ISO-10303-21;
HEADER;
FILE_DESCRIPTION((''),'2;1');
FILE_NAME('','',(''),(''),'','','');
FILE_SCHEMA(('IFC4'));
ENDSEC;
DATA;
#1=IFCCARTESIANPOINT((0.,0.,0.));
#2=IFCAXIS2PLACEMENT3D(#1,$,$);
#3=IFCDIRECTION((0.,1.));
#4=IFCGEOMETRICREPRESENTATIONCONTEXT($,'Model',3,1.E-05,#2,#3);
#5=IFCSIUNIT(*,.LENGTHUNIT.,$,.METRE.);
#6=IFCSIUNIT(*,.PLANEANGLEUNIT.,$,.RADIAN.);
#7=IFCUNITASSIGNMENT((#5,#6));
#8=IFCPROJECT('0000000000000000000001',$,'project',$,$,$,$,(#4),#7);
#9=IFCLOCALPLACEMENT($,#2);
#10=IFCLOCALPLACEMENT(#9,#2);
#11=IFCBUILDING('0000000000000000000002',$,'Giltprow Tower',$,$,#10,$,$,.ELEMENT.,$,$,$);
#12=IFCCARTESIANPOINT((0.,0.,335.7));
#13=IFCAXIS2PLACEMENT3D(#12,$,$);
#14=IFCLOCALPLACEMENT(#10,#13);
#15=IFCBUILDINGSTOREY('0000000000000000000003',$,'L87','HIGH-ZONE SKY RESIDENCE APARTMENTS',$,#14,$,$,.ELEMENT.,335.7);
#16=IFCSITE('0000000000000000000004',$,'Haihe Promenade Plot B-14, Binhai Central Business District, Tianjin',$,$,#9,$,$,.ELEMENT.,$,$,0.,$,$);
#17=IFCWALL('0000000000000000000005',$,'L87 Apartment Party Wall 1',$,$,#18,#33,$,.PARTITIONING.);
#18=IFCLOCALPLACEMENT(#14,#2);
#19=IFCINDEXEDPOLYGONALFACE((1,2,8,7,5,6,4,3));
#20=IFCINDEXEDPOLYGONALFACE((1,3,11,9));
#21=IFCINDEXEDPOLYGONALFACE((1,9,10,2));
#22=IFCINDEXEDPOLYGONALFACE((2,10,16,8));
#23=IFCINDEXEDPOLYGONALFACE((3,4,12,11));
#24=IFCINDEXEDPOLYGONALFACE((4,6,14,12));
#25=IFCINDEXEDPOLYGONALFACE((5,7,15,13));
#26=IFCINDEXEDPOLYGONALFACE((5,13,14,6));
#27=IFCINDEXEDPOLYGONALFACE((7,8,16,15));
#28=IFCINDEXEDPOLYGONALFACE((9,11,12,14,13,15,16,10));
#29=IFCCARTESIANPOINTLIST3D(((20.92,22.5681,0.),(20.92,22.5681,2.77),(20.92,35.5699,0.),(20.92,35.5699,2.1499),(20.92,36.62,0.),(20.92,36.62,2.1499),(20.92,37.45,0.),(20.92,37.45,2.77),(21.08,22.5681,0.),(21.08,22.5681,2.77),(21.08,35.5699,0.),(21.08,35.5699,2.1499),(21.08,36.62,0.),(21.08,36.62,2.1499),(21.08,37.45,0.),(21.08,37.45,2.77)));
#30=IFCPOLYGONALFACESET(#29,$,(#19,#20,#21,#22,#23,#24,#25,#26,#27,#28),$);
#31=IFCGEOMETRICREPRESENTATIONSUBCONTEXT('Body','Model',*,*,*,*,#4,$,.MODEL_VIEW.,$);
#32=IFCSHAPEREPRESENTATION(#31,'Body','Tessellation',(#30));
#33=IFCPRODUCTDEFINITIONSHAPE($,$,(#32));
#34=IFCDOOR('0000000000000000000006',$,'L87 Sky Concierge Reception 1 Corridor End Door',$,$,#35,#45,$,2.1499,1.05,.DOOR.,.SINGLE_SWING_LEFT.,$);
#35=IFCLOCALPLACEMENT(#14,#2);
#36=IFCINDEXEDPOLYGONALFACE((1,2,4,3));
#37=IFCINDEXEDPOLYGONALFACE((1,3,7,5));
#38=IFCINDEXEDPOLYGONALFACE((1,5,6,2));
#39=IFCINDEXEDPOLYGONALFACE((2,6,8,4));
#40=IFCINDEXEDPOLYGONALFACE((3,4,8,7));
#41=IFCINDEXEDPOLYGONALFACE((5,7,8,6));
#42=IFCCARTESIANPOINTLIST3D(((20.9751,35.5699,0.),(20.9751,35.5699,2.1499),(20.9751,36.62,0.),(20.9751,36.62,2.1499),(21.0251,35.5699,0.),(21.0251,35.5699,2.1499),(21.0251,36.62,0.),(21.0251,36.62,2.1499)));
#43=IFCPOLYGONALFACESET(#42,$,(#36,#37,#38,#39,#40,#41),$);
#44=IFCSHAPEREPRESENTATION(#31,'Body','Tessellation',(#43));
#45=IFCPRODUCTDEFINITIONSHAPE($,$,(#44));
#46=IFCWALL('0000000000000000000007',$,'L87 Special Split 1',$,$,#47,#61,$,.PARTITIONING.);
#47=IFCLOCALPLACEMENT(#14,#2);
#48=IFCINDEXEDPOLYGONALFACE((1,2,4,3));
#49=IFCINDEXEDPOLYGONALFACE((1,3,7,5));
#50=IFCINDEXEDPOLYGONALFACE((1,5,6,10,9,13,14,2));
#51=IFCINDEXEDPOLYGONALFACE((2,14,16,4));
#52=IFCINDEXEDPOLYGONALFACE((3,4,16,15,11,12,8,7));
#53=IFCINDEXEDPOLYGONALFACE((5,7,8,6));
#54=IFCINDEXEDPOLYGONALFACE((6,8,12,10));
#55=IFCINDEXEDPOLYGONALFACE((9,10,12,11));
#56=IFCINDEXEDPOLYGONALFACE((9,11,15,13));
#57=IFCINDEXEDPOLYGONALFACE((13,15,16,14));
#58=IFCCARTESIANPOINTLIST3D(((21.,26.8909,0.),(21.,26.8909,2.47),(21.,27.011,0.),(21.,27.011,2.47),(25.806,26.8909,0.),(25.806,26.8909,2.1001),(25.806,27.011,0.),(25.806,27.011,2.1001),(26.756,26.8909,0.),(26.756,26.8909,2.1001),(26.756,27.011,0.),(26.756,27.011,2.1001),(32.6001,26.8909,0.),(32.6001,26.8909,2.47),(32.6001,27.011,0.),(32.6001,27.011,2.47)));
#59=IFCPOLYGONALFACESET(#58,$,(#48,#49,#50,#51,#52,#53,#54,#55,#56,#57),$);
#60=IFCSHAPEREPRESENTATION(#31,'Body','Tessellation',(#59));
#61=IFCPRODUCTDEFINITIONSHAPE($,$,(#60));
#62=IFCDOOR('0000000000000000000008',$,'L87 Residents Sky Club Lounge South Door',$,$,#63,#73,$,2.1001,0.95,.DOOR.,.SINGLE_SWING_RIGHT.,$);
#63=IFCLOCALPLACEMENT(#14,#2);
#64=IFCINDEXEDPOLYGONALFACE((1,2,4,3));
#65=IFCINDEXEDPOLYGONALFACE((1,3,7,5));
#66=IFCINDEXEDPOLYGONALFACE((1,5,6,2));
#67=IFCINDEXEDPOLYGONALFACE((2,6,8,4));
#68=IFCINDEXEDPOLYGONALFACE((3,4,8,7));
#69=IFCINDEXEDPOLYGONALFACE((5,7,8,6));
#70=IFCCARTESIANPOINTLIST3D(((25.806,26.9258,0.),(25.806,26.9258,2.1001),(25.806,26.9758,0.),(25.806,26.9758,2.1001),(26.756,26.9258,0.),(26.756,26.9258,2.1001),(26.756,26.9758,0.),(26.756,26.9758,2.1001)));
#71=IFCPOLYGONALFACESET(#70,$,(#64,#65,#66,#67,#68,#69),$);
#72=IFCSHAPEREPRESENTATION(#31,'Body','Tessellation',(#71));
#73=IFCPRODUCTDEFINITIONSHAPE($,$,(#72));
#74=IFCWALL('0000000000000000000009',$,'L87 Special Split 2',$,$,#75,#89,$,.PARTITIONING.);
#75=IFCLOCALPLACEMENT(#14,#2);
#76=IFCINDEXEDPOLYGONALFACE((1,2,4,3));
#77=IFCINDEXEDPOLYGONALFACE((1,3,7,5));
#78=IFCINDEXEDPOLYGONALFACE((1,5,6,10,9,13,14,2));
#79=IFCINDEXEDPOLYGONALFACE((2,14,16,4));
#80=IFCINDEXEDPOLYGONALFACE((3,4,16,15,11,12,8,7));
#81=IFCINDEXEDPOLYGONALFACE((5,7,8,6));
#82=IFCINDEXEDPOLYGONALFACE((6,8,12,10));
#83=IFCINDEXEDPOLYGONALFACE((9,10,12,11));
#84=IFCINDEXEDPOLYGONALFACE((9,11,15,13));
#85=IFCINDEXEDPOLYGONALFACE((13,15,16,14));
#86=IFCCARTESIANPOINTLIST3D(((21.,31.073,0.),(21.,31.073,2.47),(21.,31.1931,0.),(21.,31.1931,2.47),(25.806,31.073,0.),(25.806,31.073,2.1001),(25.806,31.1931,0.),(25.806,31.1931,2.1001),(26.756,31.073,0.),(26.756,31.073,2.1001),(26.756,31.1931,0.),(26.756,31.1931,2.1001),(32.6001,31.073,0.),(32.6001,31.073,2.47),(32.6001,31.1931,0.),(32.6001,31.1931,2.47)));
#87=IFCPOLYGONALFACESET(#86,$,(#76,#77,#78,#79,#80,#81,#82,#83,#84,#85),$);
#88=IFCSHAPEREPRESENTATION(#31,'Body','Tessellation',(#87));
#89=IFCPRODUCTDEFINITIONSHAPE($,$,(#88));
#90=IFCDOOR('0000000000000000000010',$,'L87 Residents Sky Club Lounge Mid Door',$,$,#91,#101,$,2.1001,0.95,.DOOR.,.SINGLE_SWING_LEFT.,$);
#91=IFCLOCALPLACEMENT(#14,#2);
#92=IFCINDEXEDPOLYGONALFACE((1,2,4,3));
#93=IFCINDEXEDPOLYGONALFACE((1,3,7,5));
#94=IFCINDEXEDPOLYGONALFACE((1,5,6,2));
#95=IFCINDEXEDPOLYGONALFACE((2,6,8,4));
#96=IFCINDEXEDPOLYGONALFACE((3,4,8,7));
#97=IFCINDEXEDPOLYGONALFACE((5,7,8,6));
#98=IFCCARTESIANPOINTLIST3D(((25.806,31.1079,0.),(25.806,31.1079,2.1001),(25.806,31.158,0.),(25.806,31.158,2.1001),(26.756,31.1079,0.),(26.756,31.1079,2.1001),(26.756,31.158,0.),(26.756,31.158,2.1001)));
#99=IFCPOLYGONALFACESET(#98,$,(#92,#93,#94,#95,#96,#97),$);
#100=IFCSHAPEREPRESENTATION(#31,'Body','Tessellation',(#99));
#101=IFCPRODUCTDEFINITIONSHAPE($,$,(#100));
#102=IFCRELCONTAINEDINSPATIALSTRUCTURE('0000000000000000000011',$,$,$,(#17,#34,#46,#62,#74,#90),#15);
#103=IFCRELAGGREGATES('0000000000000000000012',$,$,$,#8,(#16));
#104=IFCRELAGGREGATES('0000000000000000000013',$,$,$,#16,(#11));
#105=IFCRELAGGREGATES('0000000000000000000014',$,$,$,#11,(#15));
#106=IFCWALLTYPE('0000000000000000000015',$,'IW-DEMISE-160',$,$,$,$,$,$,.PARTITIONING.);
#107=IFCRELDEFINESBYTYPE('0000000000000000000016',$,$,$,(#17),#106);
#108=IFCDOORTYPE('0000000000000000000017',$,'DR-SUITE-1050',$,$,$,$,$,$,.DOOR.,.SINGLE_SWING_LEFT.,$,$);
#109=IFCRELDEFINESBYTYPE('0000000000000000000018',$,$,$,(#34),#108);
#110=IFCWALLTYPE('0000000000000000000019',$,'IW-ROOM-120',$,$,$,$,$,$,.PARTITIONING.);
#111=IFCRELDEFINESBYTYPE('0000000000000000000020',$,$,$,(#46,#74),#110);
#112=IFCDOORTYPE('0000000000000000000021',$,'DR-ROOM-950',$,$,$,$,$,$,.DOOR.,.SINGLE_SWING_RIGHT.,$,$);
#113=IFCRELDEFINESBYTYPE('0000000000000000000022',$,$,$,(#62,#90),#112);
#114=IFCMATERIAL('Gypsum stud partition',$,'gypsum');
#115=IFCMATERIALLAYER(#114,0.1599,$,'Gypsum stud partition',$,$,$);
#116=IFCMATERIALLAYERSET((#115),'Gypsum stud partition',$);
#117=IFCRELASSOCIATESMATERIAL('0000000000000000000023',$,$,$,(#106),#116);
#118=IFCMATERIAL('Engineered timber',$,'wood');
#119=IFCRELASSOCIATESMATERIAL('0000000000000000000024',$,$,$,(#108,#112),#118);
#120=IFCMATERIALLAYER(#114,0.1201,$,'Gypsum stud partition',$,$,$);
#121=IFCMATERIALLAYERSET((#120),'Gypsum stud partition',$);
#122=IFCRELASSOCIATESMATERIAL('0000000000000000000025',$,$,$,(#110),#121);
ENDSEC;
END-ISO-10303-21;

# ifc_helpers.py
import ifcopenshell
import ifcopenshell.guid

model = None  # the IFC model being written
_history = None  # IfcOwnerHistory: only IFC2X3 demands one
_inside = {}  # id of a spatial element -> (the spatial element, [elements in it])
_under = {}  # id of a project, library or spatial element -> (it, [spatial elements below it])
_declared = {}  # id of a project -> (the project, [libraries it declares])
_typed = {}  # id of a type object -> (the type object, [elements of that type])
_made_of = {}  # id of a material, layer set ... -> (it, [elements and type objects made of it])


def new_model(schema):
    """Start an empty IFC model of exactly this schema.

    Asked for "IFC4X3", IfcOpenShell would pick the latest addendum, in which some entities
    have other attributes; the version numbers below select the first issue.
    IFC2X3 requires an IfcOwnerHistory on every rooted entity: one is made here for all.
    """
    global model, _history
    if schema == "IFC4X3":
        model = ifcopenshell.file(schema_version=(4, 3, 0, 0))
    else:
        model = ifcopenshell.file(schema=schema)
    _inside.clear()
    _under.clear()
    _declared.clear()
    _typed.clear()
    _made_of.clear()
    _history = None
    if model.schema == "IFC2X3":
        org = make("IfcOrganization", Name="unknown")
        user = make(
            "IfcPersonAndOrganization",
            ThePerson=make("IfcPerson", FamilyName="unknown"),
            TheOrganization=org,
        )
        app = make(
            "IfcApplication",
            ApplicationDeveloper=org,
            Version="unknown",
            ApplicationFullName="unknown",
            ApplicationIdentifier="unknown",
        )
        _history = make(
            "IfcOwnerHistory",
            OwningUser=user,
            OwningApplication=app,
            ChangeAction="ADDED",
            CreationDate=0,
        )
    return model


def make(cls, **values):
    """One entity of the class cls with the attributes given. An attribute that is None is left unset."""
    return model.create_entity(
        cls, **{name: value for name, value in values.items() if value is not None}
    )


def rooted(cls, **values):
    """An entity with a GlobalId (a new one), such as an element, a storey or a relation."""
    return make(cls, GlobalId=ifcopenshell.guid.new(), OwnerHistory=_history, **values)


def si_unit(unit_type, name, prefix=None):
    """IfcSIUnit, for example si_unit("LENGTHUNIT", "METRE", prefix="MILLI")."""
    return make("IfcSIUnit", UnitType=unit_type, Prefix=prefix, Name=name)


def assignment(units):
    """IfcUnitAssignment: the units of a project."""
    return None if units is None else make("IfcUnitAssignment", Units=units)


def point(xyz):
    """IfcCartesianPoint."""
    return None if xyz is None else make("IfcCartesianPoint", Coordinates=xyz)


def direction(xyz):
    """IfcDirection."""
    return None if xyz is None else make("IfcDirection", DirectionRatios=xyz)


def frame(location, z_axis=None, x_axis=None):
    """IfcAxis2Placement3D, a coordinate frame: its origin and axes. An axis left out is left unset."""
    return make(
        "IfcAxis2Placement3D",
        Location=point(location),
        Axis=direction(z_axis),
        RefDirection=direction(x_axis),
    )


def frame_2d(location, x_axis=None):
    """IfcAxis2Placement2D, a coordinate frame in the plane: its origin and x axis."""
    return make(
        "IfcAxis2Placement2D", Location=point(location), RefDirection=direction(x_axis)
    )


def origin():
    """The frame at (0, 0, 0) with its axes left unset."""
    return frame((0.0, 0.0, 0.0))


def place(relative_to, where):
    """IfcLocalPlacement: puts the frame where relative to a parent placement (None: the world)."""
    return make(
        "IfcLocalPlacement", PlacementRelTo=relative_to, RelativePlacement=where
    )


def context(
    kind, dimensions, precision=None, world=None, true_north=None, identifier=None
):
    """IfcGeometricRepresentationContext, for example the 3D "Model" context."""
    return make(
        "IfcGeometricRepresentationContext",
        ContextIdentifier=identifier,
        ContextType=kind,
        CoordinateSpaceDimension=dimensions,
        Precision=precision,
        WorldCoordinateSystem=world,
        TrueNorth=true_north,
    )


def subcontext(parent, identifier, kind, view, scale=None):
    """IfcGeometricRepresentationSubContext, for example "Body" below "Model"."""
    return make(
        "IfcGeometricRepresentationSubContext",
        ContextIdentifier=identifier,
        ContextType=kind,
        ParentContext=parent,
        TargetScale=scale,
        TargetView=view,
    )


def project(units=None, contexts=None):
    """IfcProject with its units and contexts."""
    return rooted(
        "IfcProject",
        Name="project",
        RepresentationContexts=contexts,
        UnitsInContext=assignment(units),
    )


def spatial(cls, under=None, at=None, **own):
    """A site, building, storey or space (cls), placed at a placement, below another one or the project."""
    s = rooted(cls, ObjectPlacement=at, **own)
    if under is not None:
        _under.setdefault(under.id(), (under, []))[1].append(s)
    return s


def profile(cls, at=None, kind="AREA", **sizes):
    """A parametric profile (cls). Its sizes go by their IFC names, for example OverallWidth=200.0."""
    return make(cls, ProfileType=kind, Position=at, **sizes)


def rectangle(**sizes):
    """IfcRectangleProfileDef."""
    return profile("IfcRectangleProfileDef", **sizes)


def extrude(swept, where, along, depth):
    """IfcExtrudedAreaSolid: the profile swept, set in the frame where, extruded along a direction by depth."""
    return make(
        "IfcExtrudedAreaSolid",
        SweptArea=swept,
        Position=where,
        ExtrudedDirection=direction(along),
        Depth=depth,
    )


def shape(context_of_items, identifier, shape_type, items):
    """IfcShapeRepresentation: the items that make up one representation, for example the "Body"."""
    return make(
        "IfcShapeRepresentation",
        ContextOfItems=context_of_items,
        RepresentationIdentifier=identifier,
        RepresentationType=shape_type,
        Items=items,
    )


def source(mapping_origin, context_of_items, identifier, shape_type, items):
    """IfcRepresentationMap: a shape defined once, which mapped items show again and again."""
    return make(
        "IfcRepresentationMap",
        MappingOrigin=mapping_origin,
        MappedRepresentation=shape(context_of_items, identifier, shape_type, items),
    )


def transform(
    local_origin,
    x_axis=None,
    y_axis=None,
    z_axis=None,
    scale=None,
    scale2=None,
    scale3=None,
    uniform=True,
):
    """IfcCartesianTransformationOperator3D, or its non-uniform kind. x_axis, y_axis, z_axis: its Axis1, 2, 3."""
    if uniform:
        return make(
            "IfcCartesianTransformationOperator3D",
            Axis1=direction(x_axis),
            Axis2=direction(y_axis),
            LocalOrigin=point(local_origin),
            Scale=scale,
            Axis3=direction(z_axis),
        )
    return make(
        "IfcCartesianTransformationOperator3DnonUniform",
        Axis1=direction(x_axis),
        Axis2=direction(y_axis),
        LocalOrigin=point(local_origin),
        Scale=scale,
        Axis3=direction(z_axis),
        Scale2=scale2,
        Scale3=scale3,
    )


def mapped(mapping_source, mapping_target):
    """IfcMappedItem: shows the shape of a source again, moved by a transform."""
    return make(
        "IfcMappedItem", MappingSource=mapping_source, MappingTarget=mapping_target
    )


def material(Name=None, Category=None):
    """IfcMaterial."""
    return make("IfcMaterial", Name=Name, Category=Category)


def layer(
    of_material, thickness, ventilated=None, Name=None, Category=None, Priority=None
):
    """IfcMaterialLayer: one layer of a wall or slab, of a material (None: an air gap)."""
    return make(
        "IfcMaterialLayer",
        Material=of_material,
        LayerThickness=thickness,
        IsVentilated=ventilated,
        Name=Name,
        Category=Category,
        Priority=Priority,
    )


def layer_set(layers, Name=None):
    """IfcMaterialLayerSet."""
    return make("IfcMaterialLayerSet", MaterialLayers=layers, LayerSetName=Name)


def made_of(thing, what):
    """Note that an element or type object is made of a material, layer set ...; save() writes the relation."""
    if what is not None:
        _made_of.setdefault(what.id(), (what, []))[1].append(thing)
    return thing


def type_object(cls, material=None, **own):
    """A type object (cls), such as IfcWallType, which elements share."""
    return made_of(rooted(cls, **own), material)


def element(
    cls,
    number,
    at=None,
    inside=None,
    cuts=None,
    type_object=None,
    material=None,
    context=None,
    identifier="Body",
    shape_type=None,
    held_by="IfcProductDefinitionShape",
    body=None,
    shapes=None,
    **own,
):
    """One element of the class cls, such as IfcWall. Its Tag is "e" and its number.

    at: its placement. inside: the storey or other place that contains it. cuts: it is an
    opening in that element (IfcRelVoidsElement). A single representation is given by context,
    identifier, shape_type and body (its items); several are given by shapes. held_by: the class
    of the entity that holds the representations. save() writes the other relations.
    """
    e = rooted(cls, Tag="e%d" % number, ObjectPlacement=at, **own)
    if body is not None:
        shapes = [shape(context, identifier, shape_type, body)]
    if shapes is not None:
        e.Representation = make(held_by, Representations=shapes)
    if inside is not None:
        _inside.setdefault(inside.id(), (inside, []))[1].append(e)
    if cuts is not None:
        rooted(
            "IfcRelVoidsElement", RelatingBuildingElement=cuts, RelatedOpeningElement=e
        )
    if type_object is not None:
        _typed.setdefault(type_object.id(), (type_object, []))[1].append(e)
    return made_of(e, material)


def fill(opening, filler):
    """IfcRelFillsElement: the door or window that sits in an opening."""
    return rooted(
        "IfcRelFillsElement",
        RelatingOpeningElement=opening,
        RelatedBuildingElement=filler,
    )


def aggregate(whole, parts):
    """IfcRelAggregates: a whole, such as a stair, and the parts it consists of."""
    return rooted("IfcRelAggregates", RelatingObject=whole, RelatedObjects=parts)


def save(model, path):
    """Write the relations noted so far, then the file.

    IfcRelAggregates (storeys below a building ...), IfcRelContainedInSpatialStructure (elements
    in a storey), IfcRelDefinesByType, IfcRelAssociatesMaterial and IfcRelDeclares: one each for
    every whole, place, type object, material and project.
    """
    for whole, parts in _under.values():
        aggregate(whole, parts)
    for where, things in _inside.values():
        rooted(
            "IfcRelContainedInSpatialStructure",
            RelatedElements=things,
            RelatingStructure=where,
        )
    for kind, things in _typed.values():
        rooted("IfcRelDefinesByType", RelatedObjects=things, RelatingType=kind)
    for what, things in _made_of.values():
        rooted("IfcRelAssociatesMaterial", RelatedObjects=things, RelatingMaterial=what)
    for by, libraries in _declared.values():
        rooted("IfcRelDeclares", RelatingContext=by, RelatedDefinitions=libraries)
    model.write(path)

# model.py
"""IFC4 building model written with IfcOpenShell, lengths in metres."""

from ifc_helpers import new_model, si_unit, direction, frame, frame_2d, origin, place, context, subcontext, project, spatial, rectangle, extrude, source, transform, mapped, material, layer, layer_set, type_object, element, fill, save


model = new_model("IFC4")

# Units and contexts
model_context = context("Model", 3, precision=1e-05, world=origin(), true_north=direction((0.0, 1.0)))
body_context = subcontext(model_context, "Body", "Model", "MODEL_VIEW")
ifc_project = project(units=[si_unit("LENGTHUNIT", "METRE"), si_unit("PLANEANGLEUNIT", "RADIAN")], contexts=[model_context])

# Site, building, storey
site_placement = place(None, origin())
site = spatial("IfcSite", under=ifc_project, at=site_placement, Name="Haihe Promenade Plot B-14, Binhai Central Business District, Tianjin", CompositionType="ELEMENT", RefElevation=0.0)
building_placement = place(site_placement, origin())
building = spatial("IfcBuilding", under=site, at=building_placement, Name="Giltprow Tower", CompositionType="ELEMENT")
storey_placement = place(building_placement, frame((0.0, 0.0, 335.7)))
storey = spatial("IfcBuildingStorey", under=building, at=storey_placement, Name="L87", Description="HIGH-ZONE SKY RESIDENCE APARTMENTS", CompositionType="ELEMENT", Elevation=335.7)

# Walls, openings, doors
ifc_material_1 = material(Name="Gypsum stud partition", Category="gypsum")
ifc_layer_1 = layer(ifc_material_1, 0.1599, Name="Gypsum stud partition")
ifc_layer_set_1 = layer_set([ifc_layer_1], Name="Gypsum stud partition")
wall_type_1 = type_object("IfcWallType", Name="IW-DEMISE-160", PredefinedType="PARTITIONING", material=ifc_layer_set_1)
wall_1_placement = place(storey_placement, frame((21.0, 22.5681, 0.0), z_axis=(0.0, 0.0, 1.0), x_axis=(0.0, 1.0, 0.0)))
wall_1 = element("IfcWall", 1, at=wall_1_placement, inside=storey, type_object=wall_type_1, Name="L87 Apartment Party Wall 1", PredefinedType="PARTITIONING", context=body_context, shape_type="SweptSolid", body=[
    extrude(rectangle(XDim=14.8818, YDim=0.1599, at=frame_2d((7.4409, 0.0))), origin(), (0.0, 0.0, 1.0), 2.77),
])
opening_1_placement = place(wall_1_placement, frame((13.002, 0.0, 0.0)))
opening_1 = element("IfcOpeningElement", 2, at=opening_1_placement, cuts=wall_1, PredefinedType="OPENING", context=body_context, shape_type="SweptSolid", body=[
    extrude(rectangle(XDim=1.05, YDim=2.1499, at=frame_2d((0.5249, 1.075))), frame((0.0, 0.0898, 0.0), z_axis=(0.0, -1.0, 0.0), x_axis=(1.0, 0.0, 0.0)), (0.0, 0.0, 1.0), 0.1799),
])
ifc_material_2 = material(Name="Engineered timber", Category="wood")
door_type_1 = type_object("IfcDoorType", Name="DR-SUITE-1050", OperationType="SINGLE_SWING_LEFT", PredefinedType="DOOR", material=ifc_material_2)
shared_shape_1 = source(origin(), body_context, "Body", "SweptSolid", [
    extrude(rectangle(XDim=1.05, YDim=2.1499, at=frame_2d((0.5249, 1.075))), frame((0.0, 0.0249, 0.0), z_axis=(0.0, -1.0, 0.0), x_axis=(1.0, 0.0, 0.0)), (0.0, 0.0, 1.0), 0.05),
])
door_1_placement = place(opening_1_placement, origin())
door_1 = element("IfcDoor", 3, at=door_1_placement, inside=storey, type_object=door_type_1, Name="L87 Sky Concierge Reception 1 Corridor End Door", OperationType="SINGLE_SWING_LEFT", OverallHeight=2.1499, OverallWidth=1.05, PredefinedType="DOOR", context=body_context, shape_type="MappedRepresentation", body=[
    mapped(shared_shape_1, transform((0.0, 0.0, 0.0), x_axis=(1.0, 0.0, 0.0), y_axis=(0.0, 1.0, 0.0), z_axis=(0.0, 0.0, 1.0), scale=1.0)),
])
fill(opening_1, door_1)
ifc_layer_2 = layer(ifc_material_1, 0.1201, Name="Gypsum stud partition")
ifc_layer_set_2 = layer_set([ifc_layer_2], Name="Gypsum stud partition")
wall_type_2 = type_object("IfcWallType", Name="IW-ROOM-120", PredefinedType="PARTITIONING", material=ifc_layer_set_2)
wall_2_placement = place(storey_placement, frame((21.0, 26.9509, 0.0), z_axis=(0.0, 0.0, 1.0), x_axis=(1.0, 0.0, 0.0)))
wall_2 = element("IfcWall", 4, at=wall_2_placement, inside=storey, type_object=wall_type_2, Name="L87 Special Split 1", PredefinedType="PARTITIONING", context=body_context, shape_type="SweptSolid", body=[
    extrude(rectangle(XDim=11.6001, YDim=0.1201, at=frame_2d((5.8, 0.0))), origin(), (0.0, 0.0, 1.0), 2.47),
])
opening_2_placement = place(wall_2_placement, frame((4.8059, 0.0, 0.0)))
opening_2 = element("IfcOpeningElement", 5, at=opening_2_placement, cuts=wall_2, PredefinedType="OPENING", context=body_context, shape_type="SweptSolid", body=[
    extrude(rectangle(XDim=0.95, YDim=2.1001, at=frame_2d((0.4751, 1.05))), frame((0.0, 0.0701, 0.0), z_axis=(0.0, -1.0, 0.0), x_axis=(1.0, 0.0, 0.0)), (0.0, 0.0, 1.0), 0.1401),
])
door_type_2 = type_object("IfcDoorType", Name="DR-ROOM-950", OperationType="SINGLE_SWING_RIGHT", PredefinedType="DOOR", material=ifc_material_2)
shared_shape_2 = source(origin(), body_context, "Body", "SweptSolid", [
    extrude(rectangle(XDim=0.95, YDim=2.1001, at=frame_2d((0.4751, 1.05))), frame((0.0, 0.0249, 0.0), z_axis=(0.0, -1.0, 0.0), x_axis=(1.0, 0.0, 0.0)), (0.0, 0.0, 1.0), 0.05),
])
door_2_placement = place(opening_2_placement, origin())
door_2 = element("IfcDoor", 6, at=door_2_placement, inside=storey, type_object=door_type_2, Name="L87 Residents Sky Club Lounge South Door", OperationType="SINGLE_SWING_RIGHT", OverallHeight=2.1001, OverallWidth=0.95, PredefinedType="DOOR", context=body_context, shape_type="MappedRepresentation", body=[
    mapped(shared_shape_2, transform((0.0, 0.0, 0.0), x_axis=(1.0, 0.0, 0.0), y_axis=(0.0, 1.0, 0.0), z_axis=(0.0, 0.0, 1.0), scale=1.0)),
])
fill(opening_2, door_2)
wall_3_placement = place(storey_placement, frame((21.0, 31.1331, 0.0), z_axis=(0.0, 0.0, 1.0), x_axis=(1.0, 0.0, 0.0)))
wall_3 = element("IfcWall", 7, at=wall_3_placement, inside=storey, type_object=wall_type_2, Name="L87 Special Split 2", PredefinedType="PARTITIONING", context=body_context, shape_type="SweptSolid", body=[
    extrude(rectangle(XDim=11.6001, YDim=0.1201, at=frame_2d((5.8, 0.0))), origin(), (0.0, 0.0, 1.0), 2.47),
])
opening_3_placement = place(wall_3_placement, frame((4.8059, 0.0, 0.0)))
opening_3 = element("IfcOpeningElement", 8, at=opening_3_placement, cuts=wall_3, PredefinedType="OPENING", context=body_context, shape_type="SweptSolid", body=[
    extrude(rectangle(XDim=0.95, YDim=2.1001, at=frame_2d((0.4751, 1.05))), frame((0.0, 0.0701, 0.0), z_axis=(0.0, -1.0, 0.0), x_axis=(1.0, 0.0, 0.0)), (0.0, 0.0, 1.0), 0.1401),
])
door_3_placement = place(opening_3_placement, origin())
door_3 = element("IfcDoor", 9, at=door_3_placement, inside=storey, type_object=door_type_2, Name="L87 Residents Sky Club Lounge Mid Door", OperationType="SINGLE_SWING_LEFT", OverallHeight=2.1001, OverallWidth=0.95, PredefinedType="DOOR", context=body_context, shape_type="MappedRepresentation", body=[
    mapped(shared_shape_2, transform((0.0, 0.0, 0.0), x_axis=(1.0, 0.0, 0.0), y_axis=(0.0, 1.0, 0.0), z_axis=(0.0, 0.0, 1.0), scale=1.0)),
])
fill(opening_3, door_3)

save(model, "model.ifc")
